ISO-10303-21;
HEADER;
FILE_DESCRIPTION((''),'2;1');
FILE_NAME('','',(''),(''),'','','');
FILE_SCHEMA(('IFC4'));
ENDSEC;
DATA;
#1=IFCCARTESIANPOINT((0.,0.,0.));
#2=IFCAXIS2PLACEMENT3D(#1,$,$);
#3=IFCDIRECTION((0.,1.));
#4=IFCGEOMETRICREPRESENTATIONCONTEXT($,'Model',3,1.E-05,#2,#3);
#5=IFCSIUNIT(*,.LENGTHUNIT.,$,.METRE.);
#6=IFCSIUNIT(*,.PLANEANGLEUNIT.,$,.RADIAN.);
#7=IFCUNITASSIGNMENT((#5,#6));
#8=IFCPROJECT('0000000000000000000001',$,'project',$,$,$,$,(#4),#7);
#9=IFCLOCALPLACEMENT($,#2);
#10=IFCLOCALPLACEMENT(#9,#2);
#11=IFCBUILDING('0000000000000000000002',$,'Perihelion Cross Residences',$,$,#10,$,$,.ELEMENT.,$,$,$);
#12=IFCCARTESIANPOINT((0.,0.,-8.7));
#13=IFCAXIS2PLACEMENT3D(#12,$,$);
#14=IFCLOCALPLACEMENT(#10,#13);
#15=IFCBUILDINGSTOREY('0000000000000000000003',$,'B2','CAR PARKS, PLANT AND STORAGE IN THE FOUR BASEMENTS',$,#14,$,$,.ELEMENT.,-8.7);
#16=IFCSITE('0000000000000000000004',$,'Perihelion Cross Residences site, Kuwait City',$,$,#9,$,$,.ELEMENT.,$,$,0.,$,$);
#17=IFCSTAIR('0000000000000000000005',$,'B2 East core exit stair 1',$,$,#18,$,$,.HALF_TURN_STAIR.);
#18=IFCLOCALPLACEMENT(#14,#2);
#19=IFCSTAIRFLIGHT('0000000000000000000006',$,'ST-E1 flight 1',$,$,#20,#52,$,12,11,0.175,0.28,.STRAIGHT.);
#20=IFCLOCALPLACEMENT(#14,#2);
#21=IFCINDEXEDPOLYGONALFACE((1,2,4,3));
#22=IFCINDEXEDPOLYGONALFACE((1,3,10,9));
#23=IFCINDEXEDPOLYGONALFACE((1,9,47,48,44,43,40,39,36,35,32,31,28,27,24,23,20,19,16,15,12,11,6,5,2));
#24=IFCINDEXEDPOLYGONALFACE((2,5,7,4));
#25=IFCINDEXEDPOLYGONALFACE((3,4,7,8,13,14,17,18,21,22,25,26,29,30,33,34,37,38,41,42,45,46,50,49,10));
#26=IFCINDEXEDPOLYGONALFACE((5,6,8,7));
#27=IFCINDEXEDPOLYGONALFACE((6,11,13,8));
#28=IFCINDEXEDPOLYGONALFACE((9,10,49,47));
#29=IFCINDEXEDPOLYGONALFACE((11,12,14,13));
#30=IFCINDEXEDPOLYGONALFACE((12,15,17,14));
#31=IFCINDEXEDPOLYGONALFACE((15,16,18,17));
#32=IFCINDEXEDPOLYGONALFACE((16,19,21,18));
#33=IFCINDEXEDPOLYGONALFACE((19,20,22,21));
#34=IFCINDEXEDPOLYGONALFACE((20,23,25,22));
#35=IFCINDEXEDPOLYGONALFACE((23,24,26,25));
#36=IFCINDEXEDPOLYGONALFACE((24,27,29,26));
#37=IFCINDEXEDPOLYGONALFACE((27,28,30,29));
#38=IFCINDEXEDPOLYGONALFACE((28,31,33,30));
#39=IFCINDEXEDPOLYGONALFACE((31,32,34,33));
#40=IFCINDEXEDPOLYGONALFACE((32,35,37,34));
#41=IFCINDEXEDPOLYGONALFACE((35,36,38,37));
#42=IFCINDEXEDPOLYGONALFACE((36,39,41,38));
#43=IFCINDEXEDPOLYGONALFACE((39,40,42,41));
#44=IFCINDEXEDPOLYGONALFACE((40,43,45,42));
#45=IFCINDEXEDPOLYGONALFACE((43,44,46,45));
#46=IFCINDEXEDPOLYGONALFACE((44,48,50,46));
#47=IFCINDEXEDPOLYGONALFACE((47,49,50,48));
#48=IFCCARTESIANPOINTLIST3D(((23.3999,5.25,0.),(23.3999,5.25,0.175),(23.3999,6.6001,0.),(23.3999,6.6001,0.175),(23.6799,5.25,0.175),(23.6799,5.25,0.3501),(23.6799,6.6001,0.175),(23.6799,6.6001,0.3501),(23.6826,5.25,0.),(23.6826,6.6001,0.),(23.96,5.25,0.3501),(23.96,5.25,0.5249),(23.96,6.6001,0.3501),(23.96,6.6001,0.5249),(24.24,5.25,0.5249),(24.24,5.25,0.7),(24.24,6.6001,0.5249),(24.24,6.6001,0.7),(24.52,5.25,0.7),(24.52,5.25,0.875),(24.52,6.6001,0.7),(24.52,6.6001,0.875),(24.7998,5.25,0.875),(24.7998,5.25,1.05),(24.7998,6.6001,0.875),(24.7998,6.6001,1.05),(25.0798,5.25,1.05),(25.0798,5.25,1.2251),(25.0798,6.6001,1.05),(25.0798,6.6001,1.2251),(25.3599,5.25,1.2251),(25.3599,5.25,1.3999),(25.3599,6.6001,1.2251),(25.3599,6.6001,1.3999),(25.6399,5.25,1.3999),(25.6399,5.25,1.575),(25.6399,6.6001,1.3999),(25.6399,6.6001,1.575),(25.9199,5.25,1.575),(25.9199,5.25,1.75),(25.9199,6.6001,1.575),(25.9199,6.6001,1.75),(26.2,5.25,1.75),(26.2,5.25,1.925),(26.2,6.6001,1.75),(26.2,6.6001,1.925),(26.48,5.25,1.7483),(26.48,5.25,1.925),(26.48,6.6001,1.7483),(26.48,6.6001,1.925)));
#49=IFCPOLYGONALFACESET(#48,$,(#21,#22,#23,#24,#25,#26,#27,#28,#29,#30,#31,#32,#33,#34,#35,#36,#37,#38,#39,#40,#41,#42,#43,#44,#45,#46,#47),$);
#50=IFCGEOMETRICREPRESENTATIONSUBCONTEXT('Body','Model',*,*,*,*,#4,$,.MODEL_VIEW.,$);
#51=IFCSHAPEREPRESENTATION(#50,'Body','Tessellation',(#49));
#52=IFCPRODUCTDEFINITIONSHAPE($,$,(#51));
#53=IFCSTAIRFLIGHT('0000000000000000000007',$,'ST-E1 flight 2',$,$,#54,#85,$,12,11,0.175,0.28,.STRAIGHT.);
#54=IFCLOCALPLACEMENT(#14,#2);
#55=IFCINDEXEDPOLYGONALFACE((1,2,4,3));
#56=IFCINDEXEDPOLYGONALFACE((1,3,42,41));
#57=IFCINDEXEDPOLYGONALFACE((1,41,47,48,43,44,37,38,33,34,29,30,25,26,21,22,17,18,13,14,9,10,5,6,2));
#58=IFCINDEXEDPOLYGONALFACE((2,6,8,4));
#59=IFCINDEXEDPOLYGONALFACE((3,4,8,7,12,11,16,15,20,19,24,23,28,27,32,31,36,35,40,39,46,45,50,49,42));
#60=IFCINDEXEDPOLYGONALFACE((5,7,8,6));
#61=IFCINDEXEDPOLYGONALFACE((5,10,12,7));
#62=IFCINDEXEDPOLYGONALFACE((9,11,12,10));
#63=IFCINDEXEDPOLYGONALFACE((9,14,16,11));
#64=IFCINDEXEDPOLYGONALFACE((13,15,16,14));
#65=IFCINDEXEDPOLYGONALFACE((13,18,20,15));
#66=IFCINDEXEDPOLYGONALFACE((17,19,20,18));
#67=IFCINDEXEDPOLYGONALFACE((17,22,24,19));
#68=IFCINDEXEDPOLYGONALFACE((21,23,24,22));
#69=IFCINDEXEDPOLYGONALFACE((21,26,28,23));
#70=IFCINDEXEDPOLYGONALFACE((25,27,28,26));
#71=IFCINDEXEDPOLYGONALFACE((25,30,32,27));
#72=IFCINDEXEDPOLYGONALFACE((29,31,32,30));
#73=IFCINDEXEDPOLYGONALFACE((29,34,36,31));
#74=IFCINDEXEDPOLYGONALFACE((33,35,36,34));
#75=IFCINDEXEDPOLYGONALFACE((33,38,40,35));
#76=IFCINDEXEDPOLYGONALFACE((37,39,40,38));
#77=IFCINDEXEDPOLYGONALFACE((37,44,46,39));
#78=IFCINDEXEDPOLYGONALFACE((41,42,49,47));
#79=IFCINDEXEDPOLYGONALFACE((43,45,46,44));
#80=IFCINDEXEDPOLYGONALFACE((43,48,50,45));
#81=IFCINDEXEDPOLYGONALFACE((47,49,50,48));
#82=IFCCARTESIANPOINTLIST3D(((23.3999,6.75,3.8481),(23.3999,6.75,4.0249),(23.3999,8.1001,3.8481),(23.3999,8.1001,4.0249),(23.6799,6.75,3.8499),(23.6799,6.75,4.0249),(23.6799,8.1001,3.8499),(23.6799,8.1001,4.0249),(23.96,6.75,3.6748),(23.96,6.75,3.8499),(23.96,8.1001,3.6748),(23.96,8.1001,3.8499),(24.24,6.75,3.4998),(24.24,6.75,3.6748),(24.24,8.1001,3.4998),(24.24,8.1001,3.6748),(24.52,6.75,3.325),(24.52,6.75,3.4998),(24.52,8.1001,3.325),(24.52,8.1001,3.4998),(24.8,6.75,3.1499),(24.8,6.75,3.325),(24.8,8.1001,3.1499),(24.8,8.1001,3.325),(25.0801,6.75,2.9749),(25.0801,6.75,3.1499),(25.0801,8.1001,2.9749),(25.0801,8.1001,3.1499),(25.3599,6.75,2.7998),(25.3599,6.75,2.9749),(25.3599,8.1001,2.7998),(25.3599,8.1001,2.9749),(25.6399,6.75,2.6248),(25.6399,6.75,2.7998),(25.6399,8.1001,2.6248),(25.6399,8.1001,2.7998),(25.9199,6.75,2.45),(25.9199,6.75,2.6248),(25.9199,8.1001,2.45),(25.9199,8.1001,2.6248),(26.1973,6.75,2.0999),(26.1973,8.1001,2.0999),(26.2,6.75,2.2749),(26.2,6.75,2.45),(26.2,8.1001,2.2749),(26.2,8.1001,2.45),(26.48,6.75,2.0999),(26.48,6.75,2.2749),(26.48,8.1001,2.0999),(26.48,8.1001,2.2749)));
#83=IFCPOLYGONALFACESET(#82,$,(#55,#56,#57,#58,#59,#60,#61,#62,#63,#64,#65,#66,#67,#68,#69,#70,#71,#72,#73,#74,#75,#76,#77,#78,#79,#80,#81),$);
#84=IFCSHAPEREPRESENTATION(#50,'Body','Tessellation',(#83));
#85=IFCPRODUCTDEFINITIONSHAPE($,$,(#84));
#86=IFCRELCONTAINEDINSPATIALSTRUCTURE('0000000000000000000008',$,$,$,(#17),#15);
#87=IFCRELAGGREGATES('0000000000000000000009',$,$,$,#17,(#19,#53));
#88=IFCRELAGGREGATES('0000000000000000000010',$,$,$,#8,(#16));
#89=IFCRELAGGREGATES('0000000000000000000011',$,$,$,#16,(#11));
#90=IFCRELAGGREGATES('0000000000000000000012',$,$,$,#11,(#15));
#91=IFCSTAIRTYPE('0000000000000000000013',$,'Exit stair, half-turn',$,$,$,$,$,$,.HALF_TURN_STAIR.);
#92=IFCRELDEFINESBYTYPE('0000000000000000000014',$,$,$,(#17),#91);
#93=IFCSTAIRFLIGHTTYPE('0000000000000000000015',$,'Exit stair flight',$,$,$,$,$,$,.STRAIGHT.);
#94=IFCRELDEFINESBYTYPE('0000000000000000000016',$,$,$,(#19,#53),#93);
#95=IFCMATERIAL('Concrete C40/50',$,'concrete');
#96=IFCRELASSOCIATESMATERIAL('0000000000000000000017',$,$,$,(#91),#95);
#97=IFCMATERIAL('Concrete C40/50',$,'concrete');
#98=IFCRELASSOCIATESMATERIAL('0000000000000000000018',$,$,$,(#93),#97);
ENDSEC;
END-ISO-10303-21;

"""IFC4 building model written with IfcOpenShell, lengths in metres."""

from ifc_helpers import new_model, si_unit, direction, frame, origin, place, context, subcontext, project, spatial, polyline, outline, extrude, material, type_object, element, aggregate, save


model = new_model("IFC4")

# Units and contexts
model_context = context("Model", 3, precision=1e-05, world=origin(), true_north=direction((0.0, 1.0)))
body_context = subcontext(model_context, "Body", "Model", "MODEL_VIEW")
ifc_project = project(units=[si_unit("LENGTHUNIT", "METRE"), si_unit("PLANEANGLEUNIT", "RADIAN")], contexts=[model_context])

# Site, building, storey
site_placement = place(None, origin())
site = spatial("IfcSite", under=ifc_project, at=site_placement, Name="Perihelion Cross Residences site, Kuwait City", CompositionType="ELEMENT", RefElevation=0.0)
building_placement = place(site_placement, origin())
building = spatial("IfcBuilding", under=site, at=building_placement, Name="Perihelion Cross Residences", CompositionType="ELEMENT")
storey_placement = place(building_placement, frame((0.0, 0.0, -8.7)))
storey = spatial("IfcBuildingStorey", under=building, at=storey_placement, Name="B2", Description="CAR PARKS, PLANT AND STORAGE IN THE FOUR BASEMENTS", CompositionType="ELEMENT", Elevation=-8.7)

# Stair, stair flights
ifc_material_1 = material(Name="Concrete C40/50", Category="concrete")
stair_type = type_object("IfcStairType", Name="Exit stair, half-turn", PredefinedType="HALF_TURN_STAIR", material=ifc_material_1)
stair_placement = place(storey_placement, origin())
stair = element("IfcStair", 1, at=stair_placement, inside=storey, type_object=stair_type, Name="B2 East core exit stair 1", PredefinedType="HALF_TURN_STAIR")
ifc_material_2 = material(Name="Concrete C40/50", Category="concrete")
stair_flight_type = type_object("IfcStairFlightType", Name="Exit stair flight", PredefinedType="STRAIGHT", material=ifc_material_2)
stair_flight_1_placement = place(storey_placement, frame((23.3999, 5.925, 0.0), z_axis=(0.0, 0.0, 1.0), x_axis=(1.0, 0.0, 0.0)))
stair_flight_1 = element("IfcStairFlight", 2, at=stair_flight_1_placement, type_object=stair_flight_type, Name="ST-E1 flight 1", NumberOfRisers=12, NumberOfTreads=11, PredefinedType="STRAIGHT", RiserHeight=0.175, TreadLength=0.28, context=body_context, shape_type="SweptSolid", body=[
    extrude(outline(polyline([(0.0, 0.0), (0.0, 0.175), (0.28, 0.175), (0.28, 0.3501), (0.5601, 0.3501), (0.5601, 0.5249), (0.8401, 0.5249), (0.8401, 0.7), (1.1201, 0.7), (1.1201, 0.875), (1.3999, 0.875), (1.3999, 1.05), (1.6799, 1.05), (1.6799, 1.2251), (1.96, 1.2251), (1.96, 1.3999), (2.24, 1.3999), (2.24, 1.575), (2.52, 1.575), (2.52, 1.75), (2.8, 1.75), (2.8, 1.925), (3.0801, 1.925), (3.0801, 2.1001), (3.0801, 1.7483), (0.2827, 0.0), (0.0, 0.0)])), frame((0.0, 0.675, 0.0), z_axis=(0.0, -1.0, 0.0), x_axis=(1.0, 0.0, 0.0)), (0.0, 0.0, 1.0), 1.3501),
])
stair_flight_2_placement = place(storey_placement, frame((26.48, 7.425, 2.0999), z_axis=(0.0, 0.0, 1.0), x_axis=(-1.0, 0.0, 0.0)))
stair_flight_2 = element("IfcStairFlight", 3, at=stair_flight_2_placement, type_object=stair_flight_type, Name="ST-E1 flight 2", NumberOfRisers=12, NumberOfTreads=11, PredefinedType="STRAIGHT", RiserHeight=0.175, TreadLength=0.28, context=body_context, shape_type="SweptSolid", body=[
    extrude(outline(polyline([(0.0, 0.0), (0.0, 0.175), (0.28, 0.175), (0.28, 0.3501), (0.5601, 0.3501), (0.5601, 0.5249), (0.8401, 0.5249), (0.8401, 0.7), (1.1201, 0.7), (1.1201, 0.875), (1.3999, 0.875), (1.3999, 1.05), (1.6799, 1.05), (1.6799, 1.2251), (1.96, 1.2251), (1.96, 1.3999), (2.24, 1.3999), (2.24, 1.575), (2.52, 1.575), (2.52, 1.75), (2.8, 1.75), (2.8, 1.925), (3.0801, 1.925), (3.0801, 2.1001), (3.0801, 1.7483), (0.2827, 0.0), (0.0, 0.0)])), frame((0.0, 0.675, 0.0), z_axis=(0.0, -1.0, 0.0), x_axis=(1.0, 0.0, 0.0)), (0.0, 0.0, 1.0), 1.3501),
])
aggregate(stair, [stair_flight_1, stair_flight_2])

save(model, "model.ifc")
